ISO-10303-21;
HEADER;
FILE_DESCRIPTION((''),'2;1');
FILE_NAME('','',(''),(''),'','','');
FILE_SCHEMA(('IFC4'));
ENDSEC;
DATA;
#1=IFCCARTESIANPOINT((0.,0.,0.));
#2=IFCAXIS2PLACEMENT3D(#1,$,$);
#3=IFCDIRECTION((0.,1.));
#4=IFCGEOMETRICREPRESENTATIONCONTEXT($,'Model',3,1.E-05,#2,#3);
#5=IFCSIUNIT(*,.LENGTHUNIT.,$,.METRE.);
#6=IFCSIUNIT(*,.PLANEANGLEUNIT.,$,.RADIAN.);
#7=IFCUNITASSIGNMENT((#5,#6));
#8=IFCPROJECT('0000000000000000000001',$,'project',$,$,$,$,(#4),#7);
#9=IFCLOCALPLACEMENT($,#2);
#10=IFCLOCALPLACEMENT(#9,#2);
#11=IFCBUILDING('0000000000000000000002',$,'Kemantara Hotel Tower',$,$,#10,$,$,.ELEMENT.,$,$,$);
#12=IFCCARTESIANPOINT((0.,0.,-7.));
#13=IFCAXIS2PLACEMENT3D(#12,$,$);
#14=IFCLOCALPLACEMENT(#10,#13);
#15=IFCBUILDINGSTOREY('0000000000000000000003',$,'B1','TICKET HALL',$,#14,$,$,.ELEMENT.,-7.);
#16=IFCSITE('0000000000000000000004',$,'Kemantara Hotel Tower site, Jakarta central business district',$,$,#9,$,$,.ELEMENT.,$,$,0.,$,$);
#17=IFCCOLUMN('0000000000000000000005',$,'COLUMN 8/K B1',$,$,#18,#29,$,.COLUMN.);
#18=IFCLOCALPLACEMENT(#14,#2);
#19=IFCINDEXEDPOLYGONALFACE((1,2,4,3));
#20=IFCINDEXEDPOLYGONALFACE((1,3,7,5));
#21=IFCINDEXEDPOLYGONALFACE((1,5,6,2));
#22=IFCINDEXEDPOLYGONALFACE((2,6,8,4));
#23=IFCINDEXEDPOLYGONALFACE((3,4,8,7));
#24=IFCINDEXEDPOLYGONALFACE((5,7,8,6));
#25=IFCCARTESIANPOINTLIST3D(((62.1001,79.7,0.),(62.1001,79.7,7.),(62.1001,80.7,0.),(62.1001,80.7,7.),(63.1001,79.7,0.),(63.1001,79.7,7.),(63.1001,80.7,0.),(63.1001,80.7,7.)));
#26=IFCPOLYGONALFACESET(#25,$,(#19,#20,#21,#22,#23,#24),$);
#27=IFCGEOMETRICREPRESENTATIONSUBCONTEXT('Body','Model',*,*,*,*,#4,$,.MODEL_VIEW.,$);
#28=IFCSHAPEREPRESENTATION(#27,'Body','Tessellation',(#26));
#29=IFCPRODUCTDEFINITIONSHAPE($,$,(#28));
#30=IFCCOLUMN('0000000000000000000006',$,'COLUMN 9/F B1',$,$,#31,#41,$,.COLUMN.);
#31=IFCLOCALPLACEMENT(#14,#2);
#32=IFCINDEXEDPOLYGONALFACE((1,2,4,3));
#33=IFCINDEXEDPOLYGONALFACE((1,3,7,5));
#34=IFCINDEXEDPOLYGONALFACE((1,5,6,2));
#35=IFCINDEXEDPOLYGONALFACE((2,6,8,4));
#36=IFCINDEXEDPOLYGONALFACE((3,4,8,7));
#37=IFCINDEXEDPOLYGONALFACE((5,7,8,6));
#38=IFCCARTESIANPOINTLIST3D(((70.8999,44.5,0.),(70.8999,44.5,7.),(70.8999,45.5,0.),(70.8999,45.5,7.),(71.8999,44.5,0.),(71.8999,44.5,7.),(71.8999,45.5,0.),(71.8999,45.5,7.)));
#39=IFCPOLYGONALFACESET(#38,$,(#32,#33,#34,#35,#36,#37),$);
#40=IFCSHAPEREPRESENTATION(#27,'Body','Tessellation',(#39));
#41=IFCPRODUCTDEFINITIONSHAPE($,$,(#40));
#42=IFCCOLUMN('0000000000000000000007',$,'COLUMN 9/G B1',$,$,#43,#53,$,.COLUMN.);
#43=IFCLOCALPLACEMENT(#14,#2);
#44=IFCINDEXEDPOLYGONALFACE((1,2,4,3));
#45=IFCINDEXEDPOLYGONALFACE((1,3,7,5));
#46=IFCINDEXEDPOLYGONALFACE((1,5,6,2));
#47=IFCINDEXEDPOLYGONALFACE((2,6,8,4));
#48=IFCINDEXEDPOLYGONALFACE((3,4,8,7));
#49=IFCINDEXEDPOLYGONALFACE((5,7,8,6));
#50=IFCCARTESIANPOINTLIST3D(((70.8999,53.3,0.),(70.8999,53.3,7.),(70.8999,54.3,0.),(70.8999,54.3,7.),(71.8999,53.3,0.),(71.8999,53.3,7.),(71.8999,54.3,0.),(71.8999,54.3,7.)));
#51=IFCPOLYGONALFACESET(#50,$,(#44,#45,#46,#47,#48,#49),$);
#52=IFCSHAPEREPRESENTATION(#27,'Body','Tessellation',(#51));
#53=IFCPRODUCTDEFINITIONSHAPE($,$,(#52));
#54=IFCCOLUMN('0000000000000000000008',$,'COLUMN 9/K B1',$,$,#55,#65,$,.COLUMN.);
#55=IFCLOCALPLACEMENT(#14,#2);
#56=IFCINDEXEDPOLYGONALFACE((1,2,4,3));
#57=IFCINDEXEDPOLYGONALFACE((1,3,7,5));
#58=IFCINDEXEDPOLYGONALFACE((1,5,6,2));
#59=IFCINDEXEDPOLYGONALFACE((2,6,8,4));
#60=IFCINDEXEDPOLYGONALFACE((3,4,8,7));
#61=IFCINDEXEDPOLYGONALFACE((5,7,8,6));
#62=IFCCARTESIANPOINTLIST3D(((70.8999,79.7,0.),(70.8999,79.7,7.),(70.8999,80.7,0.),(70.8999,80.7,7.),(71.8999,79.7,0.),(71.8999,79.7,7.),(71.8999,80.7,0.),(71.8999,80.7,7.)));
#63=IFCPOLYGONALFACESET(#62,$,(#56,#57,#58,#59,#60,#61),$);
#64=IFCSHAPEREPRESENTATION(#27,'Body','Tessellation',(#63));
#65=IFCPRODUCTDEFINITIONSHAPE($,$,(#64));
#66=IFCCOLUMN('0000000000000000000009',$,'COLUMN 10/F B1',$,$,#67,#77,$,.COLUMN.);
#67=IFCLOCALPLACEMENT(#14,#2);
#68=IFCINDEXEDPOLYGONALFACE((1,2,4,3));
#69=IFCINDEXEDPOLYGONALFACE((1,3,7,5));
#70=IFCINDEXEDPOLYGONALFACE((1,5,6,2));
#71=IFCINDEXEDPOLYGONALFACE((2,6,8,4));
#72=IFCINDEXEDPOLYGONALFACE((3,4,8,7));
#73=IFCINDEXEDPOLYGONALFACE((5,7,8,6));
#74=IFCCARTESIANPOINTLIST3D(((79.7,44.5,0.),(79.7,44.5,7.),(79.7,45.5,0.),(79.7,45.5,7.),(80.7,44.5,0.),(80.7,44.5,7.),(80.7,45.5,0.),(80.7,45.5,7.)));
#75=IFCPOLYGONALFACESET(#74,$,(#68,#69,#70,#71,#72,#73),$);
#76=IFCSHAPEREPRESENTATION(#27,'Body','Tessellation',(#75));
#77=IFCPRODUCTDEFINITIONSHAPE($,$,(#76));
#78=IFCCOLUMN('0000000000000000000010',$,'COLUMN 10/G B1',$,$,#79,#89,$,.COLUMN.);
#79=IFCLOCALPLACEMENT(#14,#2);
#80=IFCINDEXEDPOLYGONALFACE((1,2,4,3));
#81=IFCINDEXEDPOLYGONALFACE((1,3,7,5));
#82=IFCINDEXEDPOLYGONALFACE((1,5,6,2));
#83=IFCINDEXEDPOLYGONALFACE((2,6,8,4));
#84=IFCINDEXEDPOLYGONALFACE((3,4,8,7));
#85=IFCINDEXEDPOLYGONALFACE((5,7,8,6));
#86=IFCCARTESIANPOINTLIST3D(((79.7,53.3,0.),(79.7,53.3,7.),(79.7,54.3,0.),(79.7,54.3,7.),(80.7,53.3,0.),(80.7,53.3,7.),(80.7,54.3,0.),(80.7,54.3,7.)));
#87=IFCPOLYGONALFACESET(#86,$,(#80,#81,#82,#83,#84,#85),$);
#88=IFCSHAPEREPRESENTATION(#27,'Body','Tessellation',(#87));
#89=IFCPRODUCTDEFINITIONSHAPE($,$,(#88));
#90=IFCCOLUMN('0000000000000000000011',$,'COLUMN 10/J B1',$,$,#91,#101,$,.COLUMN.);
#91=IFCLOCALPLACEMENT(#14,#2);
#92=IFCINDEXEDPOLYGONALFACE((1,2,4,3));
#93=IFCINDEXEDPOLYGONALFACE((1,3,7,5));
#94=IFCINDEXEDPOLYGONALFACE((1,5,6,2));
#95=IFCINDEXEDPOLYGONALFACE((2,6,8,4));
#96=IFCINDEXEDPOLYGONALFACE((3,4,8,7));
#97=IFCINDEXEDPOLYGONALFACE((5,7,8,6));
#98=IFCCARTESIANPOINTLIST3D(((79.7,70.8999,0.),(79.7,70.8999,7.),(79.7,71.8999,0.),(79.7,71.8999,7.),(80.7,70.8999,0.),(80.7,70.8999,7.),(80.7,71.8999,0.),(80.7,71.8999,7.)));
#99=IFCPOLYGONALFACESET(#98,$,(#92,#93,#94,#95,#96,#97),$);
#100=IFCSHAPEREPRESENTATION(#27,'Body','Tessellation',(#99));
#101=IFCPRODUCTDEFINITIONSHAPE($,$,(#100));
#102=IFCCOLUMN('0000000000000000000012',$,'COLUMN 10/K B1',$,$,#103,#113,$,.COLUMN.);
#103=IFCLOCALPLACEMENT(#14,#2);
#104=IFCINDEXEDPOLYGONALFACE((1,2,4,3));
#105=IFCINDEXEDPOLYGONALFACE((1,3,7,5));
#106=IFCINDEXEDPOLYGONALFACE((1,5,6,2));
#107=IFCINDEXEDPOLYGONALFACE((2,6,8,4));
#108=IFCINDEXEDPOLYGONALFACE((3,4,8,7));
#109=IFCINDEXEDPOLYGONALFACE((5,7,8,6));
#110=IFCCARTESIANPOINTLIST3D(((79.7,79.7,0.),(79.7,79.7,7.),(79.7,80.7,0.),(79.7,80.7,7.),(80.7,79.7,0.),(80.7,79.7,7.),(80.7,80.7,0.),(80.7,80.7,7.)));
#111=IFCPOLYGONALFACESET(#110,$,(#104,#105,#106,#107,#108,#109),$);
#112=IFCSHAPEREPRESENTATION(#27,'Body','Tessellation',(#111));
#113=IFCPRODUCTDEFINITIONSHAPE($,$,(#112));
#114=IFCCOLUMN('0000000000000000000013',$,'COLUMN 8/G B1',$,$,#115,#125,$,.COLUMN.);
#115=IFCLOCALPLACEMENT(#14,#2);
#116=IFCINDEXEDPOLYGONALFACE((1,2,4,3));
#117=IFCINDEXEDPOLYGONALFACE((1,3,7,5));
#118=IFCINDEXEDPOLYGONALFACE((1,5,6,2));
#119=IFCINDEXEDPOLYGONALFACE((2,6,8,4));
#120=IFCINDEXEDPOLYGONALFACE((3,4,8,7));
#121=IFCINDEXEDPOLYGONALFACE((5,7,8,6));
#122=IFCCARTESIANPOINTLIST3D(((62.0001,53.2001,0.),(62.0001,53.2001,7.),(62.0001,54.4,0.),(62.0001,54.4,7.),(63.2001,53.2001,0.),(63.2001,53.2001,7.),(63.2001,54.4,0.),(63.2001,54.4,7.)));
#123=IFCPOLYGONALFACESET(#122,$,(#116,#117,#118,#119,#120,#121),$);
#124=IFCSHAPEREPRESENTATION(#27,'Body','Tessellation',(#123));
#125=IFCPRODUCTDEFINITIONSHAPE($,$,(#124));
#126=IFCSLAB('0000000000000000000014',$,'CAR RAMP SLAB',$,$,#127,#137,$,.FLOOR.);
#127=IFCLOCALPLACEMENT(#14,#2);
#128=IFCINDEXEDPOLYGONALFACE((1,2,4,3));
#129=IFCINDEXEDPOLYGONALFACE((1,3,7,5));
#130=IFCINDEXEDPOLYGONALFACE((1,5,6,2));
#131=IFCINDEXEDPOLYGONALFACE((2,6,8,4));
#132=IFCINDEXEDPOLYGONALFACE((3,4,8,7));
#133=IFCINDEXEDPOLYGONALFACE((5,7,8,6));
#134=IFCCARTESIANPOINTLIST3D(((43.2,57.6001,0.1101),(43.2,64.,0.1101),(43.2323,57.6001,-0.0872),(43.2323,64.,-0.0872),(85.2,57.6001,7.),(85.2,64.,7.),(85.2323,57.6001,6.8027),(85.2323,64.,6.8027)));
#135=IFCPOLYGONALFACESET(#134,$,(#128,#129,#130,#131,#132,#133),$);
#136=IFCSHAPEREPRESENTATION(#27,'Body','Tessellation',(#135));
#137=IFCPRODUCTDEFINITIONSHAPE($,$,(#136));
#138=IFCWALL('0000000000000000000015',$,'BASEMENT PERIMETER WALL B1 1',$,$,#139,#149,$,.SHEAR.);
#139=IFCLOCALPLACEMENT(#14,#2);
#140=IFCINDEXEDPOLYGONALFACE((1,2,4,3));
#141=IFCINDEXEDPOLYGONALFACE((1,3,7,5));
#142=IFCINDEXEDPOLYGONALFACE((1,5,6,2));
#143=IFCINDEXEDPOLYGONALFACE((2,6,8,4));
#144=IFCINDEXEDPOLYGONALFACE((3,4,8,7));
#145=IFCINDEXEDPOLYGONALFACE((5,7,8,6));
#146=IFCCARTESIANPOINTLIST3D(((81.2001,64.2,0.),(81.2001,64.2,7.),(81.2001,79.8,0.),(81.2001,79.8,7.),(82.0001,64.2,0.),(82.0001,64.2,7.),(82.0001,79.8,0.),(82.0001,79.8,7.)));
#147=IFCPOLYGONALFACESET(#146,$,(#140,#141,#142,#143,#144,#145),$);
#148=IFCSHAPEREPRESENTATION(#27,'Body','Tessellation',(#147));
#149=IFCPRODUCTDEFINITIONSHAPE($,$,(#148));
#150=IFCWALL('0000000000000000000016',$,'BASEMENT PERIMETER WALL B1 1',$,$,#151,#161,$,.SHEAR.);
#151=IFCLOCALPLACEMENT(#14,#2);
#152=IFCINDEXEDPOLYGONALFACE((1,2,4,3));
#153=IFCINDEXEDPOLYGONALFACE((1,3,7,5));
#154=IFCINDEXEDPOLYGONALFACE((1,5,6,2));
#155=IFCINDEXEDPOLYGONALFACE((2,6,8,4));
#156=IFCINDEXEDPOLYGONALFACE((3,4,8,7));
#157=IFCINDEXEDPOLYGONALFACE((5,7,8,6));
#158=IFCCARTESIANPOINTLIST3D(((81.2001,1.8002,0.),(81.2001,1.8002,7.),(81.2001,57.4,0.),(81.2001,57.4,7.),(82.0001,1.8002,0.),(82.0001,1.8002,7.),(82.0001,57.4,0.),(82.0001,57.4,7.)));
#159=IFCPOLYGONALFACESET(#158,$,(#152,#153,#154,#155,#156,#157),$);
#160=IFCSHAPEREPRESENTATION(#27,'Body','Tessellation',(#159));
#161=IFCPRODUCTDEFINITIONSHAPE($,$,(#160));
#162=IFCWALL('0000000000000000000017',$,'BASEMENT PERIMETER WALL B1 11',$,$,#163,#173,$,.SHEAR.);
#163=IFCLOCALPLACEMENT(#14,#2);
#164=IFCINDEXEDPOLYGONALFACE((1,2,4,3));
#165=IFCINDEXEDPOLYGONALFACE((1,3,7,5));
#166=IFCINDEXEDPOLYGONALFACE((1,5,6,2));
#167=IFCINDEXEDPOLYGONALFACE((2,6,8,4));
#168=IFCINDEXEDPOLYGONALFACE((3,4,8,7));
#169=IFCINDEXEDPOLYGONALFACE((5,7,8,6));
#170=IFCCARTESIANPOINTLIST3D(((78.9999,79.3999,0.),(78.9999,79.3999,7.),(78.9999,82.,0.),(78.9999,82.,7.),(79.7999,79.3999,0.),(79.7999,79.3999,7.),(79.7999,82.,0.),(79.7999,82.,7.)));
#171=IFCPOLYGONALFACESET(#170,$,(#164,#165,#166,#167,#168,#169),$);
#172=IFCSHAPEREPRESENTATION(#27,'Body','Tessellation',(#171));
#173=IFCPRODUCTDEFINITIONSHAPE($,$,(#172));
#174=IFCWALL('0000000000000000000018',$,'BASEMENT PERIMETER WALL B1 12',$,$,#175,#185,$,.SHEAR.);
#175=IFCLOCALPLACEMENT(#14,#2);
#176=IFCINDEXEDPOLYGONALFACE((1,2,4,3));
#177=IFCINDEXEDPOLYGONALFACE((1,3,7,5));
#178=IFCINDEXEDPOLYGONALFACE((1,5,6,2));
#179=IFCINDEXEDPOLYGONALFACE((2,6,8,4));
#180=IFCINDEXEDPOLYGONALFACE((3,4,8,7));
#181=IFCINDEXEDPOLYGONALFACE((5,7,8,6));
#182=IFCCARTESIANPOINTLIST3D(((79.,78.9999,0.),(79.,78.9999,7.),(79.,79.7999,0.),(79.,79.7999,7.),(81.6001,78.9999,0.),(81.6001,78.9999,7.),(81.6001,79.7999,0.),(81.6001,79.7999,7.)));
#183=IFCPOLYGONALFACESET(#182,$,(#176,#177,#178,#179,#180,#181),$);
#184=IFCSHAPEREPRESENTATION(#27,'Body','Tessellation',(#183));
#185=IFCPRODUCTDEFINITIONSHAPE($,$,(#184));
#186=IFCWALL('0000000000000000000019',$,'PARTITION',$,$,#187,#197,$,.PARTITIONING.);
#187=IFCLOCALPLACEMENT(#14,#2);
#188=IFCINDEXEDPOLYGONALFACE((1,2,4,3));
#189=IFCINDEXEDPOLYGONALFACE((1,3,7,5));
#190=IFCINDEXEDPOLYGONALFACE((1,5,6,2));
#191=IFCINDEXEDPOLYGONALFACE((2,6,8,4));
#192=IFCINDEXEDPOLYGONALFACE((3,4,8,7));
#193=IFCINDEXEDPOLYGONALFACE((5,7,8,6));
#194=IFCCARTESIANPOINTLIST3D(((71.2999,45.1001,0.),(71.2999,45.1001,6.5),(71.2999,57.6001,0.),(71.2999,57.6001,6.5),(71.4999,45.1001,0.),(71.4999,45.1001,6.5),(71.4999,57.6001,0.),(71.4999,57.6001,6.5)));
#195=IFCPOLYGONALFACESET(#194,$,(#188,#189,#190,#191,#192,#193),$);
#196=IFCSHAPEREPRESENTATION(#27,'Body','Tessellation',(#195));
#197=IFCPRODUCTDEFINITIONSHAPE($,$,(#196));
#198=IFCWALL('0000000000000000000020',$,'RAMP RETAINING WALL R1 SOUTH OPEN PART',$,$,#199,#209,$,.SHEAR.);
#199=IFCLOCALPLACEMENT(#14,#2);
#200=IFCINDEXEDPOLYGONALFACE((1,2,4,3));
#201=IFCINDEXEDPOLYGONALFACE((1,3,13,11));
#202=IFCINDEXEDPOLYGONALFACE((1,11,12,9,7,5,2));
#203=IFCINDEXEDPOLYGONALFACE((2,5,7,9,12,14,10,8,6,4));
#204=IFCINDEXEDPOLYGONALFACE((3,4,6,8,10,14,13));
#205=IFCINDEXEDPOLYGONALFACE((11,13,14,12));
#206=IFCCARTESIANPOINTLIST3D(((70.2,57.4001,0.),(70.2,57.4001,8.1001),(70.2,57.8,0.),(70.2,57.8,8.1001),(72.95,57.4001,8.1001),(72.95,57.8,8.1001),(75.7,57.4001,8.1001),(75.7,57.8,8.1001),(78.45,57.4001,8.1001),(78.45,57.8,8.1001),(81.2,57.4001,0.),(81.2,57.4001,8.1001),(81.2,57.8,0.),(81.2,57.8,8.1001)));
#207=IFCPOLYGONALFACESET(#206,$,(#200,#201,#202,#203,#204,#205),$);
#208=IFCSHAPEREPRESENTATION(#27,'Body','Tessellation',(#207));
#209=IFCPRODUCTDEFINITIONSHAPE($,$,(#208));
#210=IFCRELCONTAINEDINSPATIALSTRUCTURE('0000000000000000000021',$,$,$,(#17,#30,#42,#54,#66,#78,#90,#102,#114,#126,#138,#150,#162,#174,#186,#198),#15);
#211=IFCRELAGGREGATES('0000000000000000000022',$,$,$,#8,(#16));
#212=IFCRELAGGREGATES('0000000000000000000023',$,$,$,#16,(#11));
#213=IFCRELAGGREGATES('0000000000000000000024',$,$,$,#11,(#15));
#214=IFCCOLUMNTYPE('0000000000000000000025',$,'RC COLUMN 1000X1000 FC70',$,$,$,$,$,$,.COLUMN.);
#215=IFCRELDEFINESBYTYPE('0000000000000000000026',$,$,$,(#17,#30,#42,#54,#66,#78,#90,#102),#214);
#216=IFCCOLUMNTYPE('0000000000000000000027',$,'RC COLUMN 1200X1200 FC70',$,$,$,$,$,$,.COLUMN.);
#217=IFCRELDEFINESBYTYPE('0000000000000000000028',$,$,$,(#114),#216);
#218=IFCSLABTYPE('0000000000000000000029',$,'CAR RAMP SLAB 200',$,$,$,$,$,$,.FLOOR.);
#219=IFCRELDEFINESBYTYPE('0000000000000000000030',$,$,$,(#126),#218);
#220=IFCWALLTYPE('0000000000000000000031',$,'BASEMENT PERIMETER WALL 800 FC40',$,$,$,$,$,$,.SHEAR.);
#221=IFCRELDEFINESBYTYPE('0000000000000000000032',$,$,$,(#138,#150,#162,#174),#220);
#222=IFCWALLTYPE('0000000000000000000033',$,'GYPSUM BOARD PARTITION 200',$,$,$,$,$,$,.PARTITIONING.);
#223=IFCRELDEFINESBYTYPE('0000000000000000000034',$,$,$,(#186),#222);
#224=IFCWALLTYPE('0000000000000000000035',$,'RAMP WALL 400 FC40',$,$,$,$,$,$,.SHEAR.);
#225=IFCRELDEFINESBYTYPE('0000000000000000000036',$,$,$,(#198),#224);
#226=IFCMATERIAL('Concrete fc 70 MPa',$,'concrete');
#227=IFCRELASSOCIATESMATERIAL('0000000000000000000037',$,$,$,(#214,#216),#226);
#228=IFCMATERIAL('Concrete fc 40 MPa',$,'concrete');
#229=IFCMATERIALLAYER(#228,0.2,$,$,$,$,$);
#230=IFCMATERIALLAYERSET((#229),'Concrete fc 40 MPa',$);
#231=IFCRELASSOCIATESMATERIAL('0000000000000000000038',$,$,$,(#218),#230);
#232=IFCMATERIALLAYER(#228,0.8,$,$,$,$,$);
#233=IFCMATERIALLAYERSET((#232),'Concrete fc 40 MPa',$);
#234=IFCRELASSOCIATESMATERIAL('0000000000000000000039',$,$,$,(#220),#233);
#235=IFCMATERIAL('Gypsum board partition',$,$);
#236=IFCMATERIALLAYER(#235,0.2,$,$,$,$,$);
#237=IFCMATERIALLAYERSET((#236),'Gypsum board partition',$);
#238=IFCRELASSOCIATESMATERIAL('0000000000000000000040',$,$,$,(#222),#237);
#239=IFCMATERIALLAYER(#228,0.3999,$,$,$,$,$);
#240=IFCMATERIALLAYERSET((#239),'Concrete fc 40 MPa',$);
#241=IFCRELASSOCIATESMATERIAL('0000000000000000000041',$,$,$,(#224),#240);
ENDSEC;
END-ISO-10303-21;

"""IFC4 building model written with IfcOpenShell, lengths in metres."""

from ifc_helpers import new_model, si_unit, direction, frame, frame_2d, origin, origin_2d, place, context, subcontext, project, spatial, polyline, rectangle, outline, extrude, material, layer, layer_set, material_profile, profile_set, type_object, element, save


model = new_model("IFC4")

# Units and contexts
model_context = context("Model", 3, precision=1e-05, world=origin(), true_north=direction((0.0, 1.0)))
body_context = subcontext(model_context, "Body", "Model", "MODEL_VIEW")
ifc_project = project(units=[si_unit("LENGTHUNIT", "METRE"), si_unit("PLANEANGLEUNIT", "RADIAN")], contexts=[model_context])

# Site, building, storey
site_placement = place(None, origin())
site = spatial("IfcSite", under=ifc_project, at=site_placement, Name="Kemantara Hotel Tower site, Jakarta central business district", CompositionType="ELEMENT", RefElevation=0.0)
building_placement = place(site_placement, origin())
building = spatial("IfcBuilding", under=site, at=building_placement, Name="Kemantara Hotel Tower", CompositionType="ELEMENT")
storey_placement = place(building_placement, frame((0.0, 0.0, -7.0)))
storey = spatial("IfcBuildingStorey", under=building, at=storey_placement, Name="B1", Description="TICKET HALL", CompositionType="ELEMENT", Elevation=-7.0)

# Columns
ifc_material_1 = material(Name="Concrete fc 70 MPa", Category="concrete")
ifc_material_profile_1 = material_profile(ifc_material_1, rectangle(XDim=1.0, YDim=1.0, at=origin_2d()), Name="RC 1000X1000")
ifc_profile_set_1 = profile_set([ifc_material_profile_1], Name="Concrete fc 70 MPa")
column_type_1 = type_object("IfcColumnType", Name="RC COLUMN 1000X1000 FC70", PredefinedType="COLUMN", material=ifc_profile_set_1)
for number, where, z_axis, x_axis, name in (
    (1, (62.6001, 80.2, 0.0), (0.0, 0.0, 1.0), (1.0, 0.0, 0.0), "COLUMN 8/K B1"),
    (2, (71.3999, 45.0, 0.0), (0.0, 0.0, 1.0), (1.0, 0.0, 0.0), "COLUMN 9/F B1"),
    (3, (71.3999, 53.8, 0.0), (0.0, 0.0, 1.0), (1.0, 0.0, 0.0), "COLUMN 9/G B1"),
    (4, (71.3999, 80.2, 0.0), (0.0, 0.0, 1.0), (1.0, 0.0, 0.0), "COLUMN 9/K B1"),
    (5, (80.2, 45.0, 0.0), (0.0, 0.0, 1.0), (1.0, 0.0, 0.0), "COLUMN 10/F B1"),
    (6, (80.2, 53.8, 0.0), (0.0, 0.0, 1.0), (1.0, 0.0, 0.0), "COLUMN 10/G B1"),
    (7, (80.2, 71.3999, 0.0), (0.0, 0.0, 1.0), (1.0, 0.0, 0.0), "COLUMN 10/J B1"),
    (8, (80.2, 80.2, 0.0), (0.0, 0.0, 1.0), (1.0, 0.0, 0.0), "COLUMN 10/K B1"),
):
    element("IfcColumn", number, at=place(storey_placement, frame(where, z_axis=z_axis, x_axis=x_axis)), inside=storey, type_object=column_type_1, Name=name, PredefinedType="COLUMN", context=body_context, shape_type="SweptSolid", body=[
        extrude(rectangle(XDim=1.0, YDim=1.0, at=origin_2d()), origin(), (0.0, 0.0, 1.0), 7.0),
    ])
ifc_material_profile_2 = material_profile(ifc_material_1, rectangle(XDim=1.2, YDim=1.2, at=origin_2d()), Name="RC 1200X1200")
ifc_profile_set_2 = profile_set([ifc_material_profile_2], Name="Concrete fc 70 MPa")
column_type_2 = type_object("IfcColumnType", Name="RC COLUMN 1200X1200 FC70", PredefinedType="COLUMN", material=ifc_profile_set_2)
column_placement = place(storey_placement, frame((62.6001, 53.8, 0.0), z_axis=(0.0, 0.0, 1.0), x_axis=(1.0, 0.0, 0.0)))
element("IfcColumn", 9, at=column_placement, inside=storey, type_object=column_type_2, Name="COLUMN 8/G B1", PredefinedType="COLUMN", context=body_context, shape_type="SweptSolid", body=[
    extrude(rectangle(XDim=1.2, YDim=1.2, at=origin_2d()), origin(), (0.0, 0.0, 1.0), 7.0),
])

# Slab
ifc_material_2 = material(Name="Concrete fc 40 MPa", Category="concrete")
ifc_layer_1 = layer(ifc_material_2, 0.2)
ifc_layer_set_1 = layer_set([ifc_layer_1], Name="Concrete fc 40 MPa")
slab_type = type_object("IfcSlabType", Name="CAR RAMP SLAB 200", PredefinedType="FLOOR", material=ifc_layer_set_1)
slab_placement = place(storey_placement, frame((85.2, 57.6001, 7.0), z_axis=(-0.161881, 0.0, 0.98681), x_axis=(-0.98681, 0.0, -0.161881)))
element("IfcSlab", 10, at=slab_placement, inside=storey, type_object=slab_type, Name="CAR RAMP SLAB", PredefinedType="FLOOR", context=body_context, shape_type="SweptSolid", body=[
    extrude(outline(polyline([(0.0, 0.0), (42.5614, 0.0), (42.5614, -6.3999), (0.0, -6.3999), (0.0, 0.0)])), origin(), (0.0, 0.0, -1.0), 0.2),
])

# Walls
ifc_layer_2 = layer(ifc_material_2, 0.8)
ifc_layer_set_2 = layer_set([ifc_layer_2], Name="Concrete fc 40 MPa")
wall_type_1 = type_object("IfcWallType", Name="BASEMENT PERIMETER WALL 800 FC40", PredefinedType="SHEAR", material=ifc_layer_set_2)
wall_1_placement = place(storey_placement, frame((81.6001, 79.8, 0.0), z_axis=(0.0, 0.0, 1.0), x_axis=(0.0, -1.0, 0.0)))
element("IfcWall", 11, at=wall_1_placement, inside=storey, type_object=wall_type_1, Name="BASEMENT PERIMETER WALL B1 1", PredefinedType="SHEAR", context=body_context, shape_type="SweptSolid", body=[
    extrude(rectangle(XDim=15.6001, YDim=0.8, at=frame_2d((7.8, 0.0))), origin(), (0.0, 0.0, 1.0), 7.0),
])
wall_2_placement = place(storey_placement, frame((81.6001, 57.3999, 0.0), z_axis=(0.0, 0.0, 1.0), x_axis=(0.0, -1.0, 0.0)))
element("IfcWall", 12, at=wall_2_placement, inside=storey, type_object=wall_type_1, Name="BASEMENT PERIMETER WALL B1 1", PredefinedType="SHEAR", context=body_context, shape_type="SweptSolid", body=[
    extrude(rectangle(XDim=55.5999, YDim=0.8, at=frame_2d((27.7998, 0.0))), origin(), (0.0, 0.0, 1.0), 7.0),
])
for number, where, z_axis, x_axis, name in (
    (13, (79.3999, 82.0, 0.0), (0.0, 0.0, 1.0), (0.0, -1.0, 0.0), "BASEMENT PERIMETER WALL B1 11"),
    (14, (79.0, 79.3999, 0.0), (0.0, 0.0, 1.0), (1.0, 0.0, 0.0), "BASEMENT PERIMETER WALL B1 12"),
):
    element("IfcWall", number, at=place(storey_placement, frame(where, z_axis=z_axis, x_axis=x_axis)), inside=storey, type_object=wall_type_1, Name=name, PredefinedType="SHEAR", context=body_context, shape_type="SweptSolid", body=[
        extrude(rectangle(XDim=2.6001, YDim=0.8, at=frame_2d((1.3, 0.0))), origin(), (0.0, 0.0, 1.0), 7.0),
    ])
ifc_material_3 = material(Name="Gypsum board partition")
ifc_layer_3 = layer(ifc_material_3, 0.2)
ifc_layer_set_3 = layer_set([ifc_layer_3], Name="Gypsum board partition")
wall_type_2 = type_object("IfcWallType", Name="GYPSUM BOARD PARTITION 200", PredefinedType="PARTITIONING", material=ifc_layer_set_3)
wall_3_placement = place(storey_placement, frame((71.3999, 45.1001, 0.0), z_axis=(0.0, 0.0, 1.0), x_axis=(0.0, 1.0, 0.0)))
element("IfcWall", 15, at=wall_3_placement, inside=storey, type_object=wall_type_2, Name="PARTITION", PredefinedType="PARTITIONING", context=body_context, shape_type="SweptSolid", body=[
    extrude(rectangle(XDim=12.5, YDim=0.2, at=frame_2d((6.25, 0.0))), origin(), (0.0, 0.0, 1.0), 6.5),
])
ifc_layer_4 = layer(ifc_material_2, 0.3999)
ifc_layer_set_4 = layer_set([ifc_layer_4], Name="Concrete fc 40 MPa")
wall_type_3 = type_object("IfcWallType", Name="RAMP WALL 400 FC40", PredefinedType="SHEAR", material=ifc_layer_set_4)
wall_4_placement = place(storey_placement, frame((70.2, 57.6001, 0.0), z_axis=(0.0, 0.0, 1.0), x_axis=(1.0, 0.0, 0.0)))
element("IfcWall", 16, at=wall_4_placement, inside=storey, type_object=wall_type_3, Name="RAMP RETAINING WALL R1 SOUTH OPEN PART", PredefinedType="SHEAR", context=body_context, shape_type="SweptSolid", body=[
    extrude(outline(polyline([(0.0, 0.0), (11.0, 0.0), (11.0, 8.1001), (8.25, 8.1001), (5.5, 8.1001), (2.75, 8.1001), (0.0, 8.1001), (0.0, 0.0)])), frame((0.0, 0.2, 0.0), z_axis=(0.0, -1.0, 0.0), x_axis=(1.0, 0.0, 0.0)), (0.0, 0.0, 1.0), 0.3999),
])

save(model, "model.ifc")
